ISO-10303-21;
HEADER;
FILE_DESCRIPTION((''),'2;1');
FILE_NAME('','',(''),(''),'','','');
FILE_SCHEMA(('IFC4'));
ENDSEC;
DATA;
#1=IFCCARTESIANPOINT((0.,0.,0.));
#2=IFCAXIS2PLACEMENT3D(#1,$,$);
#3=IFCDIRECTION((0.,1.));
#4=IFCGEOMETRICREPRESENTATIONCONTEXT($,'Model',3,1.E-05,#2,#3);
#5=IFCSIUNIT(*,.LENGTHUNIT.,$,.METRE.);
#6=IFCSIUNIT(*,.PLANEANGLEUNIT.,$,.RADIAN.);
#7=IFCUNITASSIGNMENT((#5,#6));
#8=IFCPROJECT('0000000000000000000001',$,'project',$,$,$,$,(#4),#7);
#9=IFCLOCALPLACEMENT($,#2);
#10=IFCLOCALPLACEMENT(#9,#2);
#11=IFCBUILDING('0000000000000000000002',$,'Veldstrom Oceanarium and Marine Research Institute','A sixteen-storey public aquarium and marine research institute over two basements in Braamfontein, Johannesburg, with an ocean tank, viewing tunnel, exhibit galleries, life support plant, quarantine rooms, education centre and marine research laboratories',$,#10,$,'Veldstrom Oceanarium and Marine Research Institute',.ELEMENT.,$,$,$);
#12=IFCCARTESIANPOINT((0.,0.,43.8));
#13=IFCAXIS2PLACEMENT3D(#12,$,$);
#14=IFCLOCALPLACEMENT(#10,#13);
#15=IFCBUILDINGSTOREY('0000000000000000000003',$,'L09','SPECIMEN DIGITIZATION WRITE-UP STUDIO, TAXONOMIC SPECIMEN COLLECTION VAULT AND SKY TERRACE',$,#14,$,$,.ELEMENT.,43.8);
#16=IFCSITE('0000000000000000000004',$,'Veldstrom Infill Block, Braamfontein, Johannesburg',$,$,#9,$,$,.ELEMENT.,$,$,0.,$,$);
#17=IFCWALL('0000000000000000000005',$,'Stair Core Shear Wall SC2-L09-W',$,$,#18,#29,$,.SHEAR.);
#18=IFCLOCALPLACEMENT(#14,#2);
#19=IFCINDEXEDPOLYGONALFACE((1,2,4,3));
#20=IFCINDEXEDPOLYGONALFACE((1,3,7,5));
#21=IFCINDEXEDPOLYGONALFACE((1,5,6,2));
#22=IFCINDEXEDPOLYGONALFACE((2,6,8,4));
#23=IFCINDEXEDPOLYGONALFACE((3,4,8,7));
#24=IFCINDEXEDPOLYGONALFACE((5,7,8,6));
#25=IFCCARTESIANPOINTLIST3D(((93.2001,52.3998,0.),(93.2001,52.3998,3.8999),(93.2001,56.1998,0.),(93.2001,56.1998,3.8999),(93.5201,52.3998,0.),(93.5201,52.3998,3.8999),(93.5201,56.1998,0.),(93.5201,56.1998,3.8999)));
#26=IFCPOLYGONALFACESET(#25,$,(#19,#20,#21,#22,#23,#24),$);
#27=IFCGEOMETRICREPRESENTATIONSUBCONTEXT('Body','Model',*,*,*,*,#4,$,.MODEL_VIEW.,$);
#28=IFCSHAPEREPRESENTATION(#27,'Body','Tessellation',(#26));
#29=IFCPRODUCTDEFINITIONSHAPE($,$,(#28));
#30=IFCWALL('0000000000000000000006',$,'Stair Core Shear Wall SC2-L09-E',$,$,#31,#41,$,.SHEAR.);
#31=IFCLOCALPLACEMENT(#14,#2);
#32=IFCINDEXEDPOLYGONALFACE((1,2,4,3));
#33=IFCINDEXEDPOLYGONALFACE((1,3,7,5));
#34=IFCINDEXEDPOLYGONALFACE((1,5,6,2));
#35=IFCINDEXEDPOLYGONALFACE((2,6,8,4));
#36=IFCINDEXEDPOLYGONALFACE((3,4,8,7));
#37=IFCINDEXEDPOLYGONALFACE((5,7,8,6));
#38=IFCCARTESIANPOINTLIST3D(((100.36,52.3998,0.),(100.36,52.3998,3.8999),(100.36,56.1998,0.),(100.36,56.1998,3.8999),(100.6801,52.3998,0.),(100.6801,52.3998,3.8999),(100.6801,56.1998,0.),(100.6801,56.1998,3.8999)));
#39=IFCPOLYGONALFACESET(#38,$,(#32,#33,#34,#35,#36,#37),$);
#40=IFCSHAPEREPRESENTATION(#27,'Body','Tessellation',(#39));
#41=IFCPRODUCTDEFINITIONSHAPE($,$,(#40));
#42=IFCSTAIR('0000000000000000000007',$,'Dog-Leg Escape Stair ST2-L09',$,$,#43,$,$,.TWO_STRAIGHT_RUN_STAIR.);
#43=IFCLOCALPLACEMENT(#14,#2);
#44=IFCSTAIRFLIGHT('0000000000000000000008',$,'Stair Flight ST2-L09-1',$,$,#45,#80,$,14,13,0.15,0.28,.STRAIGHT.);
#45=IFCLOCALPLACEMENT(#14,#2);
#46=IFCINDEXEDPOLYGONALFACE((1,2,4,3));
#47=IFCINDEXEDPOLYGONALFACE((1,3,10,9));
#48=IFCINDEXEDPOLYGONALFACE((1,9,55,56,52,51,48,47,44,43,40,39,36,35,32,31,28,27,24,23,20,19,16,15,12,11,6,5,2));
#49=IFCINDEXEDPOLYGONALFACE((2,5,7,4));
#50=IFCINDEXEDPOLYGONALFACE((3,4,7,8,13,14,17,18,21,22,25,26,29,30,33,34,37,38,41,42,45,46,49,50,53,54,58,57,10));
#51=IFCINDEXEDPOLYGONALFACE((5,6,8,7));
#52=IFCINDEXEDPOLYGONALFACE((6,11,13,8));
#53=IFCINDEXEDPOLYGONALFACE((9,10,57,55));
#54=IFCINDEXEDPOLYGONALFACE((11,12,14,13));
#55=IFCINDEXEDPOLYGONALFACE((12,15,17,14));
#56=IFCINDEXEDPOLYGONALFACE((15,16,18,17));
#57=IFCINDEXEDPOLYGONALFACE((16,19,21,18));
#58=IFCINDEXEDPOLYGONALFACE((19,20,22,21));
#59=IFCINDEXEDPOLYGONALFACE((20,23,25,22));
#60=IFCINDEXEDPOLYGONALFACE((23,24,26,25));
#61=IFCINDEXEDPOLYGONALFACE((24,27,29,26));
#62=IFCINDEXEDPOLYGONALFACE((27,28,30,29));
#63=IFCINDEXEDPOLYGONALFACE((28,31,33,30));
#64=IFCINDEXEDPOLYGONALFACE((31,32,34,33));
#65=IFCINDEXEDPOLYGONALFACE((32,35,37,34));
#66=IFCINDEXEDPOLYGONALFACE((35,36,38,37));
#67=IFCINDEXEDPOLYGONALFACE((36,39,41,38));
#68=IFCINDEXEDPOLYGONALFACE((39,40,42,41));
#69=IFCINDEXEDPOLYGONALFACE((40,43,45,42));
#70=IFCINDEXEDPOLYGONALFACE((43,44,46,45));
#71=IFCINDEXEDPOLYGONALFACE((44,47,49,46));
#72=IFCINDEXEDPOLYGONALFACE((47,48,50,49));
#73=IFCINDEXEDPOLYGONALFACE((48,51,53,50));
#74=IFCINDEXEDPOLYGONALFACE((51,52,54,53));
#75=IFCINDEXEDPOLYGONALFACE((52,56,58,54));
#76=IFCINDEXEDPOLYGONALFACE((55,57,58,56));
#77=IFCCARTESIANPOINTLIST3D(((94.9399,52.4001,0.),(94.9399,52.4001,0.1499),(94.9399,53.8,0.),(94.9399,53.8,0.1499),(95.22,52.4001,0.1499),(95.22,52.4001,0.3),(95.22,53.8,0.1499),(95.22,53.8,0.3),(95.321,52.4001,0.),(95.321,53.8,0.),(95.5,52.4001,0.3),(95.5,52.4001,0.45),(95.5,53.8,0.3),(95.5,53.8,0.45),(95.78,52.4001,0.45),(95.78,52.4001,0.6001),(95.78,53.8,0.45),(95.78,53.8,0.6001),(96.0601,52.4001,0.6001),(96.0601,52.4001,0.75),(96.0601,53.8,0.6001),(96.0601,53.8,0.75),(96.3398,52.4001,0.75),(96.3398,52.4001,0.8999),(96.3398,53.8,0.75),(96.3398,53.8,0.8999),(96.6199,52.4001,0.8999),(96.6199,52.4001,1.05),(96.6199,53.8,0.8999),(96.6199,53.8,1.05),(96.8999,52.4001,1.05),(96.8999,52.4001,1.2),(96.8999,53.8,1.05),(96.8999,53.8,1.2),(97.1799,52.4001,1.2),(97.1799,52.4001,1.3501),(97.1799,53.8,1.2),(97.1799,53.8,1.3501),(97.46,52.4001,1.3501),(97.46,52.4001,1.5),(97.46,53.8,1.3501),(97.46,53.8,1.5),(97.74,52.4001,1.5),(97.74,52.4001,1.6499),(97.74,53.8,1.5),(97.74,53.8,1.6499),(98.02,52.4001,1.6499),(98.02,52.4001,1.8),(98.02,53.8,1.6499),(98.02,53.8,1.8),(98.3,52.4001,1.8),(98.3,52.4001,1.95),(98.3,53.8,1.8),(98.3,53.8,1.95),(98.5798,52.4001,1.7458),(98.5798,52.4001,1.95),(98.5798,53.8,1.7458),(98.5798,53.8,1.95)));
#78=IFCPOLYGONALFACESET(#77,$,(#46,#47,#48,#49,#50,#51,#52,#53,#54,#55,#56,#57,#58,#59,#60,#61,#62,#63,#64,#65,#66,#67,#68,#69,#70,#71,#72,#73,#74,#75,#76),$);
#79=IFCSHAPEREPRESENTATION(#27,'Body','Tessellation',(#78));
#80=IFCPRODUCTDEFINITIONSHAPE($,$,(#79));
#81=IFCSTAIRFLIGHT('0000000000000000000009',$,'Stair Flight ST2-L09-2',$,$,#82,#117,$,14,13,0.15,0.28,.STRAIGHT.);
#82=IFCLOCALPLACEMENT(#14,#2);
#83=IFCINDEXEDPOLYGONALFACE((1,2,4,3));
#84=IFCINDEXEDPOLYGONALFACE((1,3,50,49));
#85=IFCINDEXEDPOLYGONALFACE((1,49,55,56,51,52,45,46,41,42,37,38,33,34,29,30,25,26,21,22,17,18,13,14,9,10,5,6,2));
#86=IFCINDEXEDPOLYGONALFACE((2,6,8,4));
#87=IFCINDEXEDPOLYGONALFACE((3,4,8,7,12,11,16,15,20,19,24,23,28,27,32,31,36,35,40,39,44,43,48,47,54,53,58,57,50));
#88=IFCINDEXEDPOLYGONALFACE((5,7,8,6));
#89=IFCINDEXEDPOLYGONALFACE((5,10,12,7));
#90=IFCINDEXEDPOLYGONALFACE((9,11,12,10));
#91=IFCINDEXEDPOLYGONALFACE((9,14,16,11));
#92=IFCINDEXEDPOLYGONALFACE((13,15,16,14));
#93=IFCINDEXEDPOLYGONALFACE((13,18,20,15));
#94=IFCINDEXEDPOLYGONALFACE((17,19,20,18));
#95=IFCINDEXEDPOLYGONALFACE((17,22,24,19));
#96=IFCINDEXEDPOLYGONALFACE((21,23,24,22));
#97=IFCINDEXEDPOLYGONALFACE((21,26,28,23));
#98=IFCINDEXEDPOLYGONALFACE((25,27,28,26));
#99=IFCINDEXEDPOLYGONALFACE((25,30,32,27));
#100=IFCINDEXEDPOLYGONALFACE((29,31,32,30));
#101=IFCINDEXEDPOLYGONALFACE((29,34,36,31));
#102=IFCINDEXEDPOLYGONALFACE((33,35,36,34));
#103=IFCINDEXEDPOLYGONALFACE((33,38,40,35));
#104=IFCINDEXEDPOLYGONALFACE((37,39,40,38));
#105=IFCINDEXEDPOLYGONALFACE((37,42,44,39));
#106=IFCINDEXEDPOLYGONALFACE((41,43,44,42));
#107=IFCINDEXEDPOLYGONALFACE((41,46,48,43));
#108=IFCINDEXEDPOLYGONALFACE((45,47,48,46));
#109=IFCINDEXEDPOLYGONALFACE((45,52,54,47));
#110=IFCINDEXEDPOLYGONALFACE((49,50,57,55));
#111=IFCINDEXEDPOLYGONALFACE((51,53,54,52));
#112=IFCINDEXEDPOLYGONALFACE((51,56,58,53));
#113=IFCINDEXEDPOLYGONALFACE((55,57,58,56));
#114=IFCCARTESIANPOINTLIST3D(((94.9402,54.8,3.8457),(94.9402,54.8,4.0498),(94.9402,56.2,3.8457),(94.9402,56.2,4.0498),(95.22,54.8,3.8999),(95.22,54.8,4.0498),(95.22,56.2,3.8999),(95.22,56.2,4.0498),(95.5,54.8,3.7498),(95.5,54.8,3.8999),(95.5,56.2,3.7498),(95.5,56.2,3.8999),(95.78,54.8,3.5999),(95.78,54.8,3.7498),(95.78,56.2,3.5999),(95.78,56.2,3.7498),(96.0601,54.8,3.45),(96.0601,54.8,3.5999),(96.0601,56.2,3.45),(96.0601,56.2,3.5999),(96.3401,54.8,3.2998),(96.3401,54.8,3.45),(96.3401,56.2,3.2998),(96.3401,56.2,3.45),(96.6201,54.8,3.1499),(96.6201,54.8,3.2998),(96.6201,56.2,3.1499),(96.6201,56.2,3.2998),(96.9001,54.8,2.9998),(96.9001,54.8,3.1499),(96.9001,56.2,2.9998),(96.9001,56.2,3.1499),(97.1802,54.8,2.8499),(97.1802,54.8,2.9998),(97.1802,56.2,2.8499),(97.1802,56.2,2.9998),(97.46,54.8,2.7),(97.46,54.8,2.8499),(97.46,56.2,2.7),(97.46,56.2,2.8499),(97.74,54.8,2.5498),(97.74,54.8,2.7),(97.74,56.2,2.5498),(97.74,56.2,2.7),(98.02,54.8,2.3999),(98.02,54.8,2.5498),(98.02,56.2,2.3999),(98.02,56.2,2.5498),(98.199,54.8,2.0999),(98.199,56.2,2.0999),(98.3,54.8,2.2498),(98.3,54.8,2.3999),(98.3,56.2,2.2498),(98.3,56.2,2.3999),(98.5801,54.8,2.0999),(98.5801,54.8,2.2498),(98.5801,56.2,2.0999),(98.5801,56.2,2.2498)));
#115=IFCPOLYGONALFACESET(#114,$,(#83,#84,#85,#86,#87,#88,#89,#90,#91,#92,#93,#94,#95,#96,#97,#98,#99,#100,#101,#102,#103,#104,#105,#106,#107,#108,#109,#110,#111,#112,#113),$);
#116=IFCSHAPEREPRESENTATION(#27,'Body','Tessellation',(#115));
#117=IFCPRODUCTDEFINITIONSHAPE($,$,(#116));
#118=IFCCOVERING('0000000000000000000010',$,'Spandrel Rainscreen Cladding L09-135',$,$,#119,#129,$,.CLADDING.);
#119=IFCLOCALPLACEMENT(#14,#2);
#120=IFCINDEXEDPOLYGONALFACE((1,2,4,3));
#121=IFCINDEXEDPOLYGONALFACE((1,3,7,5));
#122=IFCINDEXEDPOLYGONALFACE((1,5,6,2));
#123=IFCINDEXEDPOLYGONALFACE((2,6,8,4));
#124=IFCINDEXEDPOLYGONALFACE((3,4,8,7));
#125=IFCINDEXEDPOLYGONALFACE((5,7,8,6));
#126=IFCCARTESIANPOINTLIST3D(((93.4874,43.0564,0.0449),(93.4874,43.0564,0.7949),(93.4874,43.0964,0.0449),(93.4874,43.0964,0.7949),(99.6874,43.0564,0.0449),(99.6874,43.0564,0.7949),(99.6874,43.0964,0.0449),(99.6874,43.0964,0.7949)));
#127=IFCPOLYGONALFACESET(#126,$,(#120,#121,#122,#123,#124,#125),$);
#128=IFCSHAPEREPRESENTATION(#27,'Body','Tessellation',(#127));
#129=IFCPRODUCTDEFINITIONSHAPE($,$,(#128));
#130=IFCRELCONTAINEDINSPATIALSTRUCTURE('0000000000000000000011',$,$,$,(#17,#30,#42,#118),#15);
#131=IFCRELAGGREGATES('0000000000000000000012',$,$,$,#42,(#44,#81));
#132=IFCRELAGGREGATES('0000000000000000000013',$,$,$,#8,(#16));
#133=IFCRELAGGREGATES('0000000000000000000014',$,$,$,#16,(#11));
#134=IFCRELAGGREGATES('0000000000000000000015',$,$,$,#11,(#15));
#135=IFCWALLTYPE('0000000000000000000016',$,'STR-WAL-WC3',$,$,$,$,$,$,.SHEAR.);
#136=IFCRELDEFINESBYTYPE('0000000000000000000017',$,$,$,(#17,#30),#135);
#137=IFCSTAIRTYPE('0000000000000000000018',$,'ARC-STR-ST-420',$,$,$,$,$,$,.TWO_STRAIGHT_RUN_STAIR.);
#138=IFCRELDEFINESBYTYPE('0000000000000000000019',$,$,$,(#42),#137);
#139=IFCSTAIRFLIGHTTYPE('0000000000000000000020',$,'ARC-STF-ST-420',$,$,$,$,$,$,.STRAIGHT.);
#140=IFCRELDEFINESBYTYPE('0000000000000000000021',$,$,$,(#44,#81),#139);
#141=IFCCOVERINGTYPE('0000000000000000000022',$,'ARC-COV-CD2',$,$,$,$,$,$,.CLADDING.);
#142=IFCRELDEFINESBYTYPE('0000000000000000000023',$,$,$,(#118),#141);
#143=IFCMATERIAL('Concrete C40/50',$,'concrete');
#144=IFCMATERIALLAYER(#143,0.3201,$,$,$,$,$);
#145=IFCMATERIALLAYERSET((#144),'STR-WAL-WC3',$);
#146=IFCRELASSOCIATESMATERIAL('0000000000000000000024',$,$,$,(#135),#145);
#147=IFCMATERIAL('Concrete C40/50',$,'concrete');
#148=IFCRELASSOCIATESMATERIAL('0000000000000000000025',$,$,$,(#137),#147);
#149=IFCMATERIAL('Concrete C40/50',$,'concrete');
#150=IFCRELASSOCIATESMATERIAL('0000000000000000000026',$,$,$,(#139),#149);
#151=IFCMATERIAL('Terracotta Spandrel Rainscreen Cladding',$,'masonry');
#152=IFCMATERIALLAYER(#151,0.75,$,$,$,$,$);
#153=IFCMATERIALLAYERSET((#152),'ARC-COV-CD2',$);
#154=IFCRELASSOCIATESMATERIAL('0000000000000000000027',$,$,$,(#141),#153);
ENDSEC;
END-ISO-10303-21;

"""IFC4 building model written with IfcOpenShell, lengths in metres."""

from ifc_helpers import new_model, si_unit, direction, frame, frame_2d, origin, origin_2d, place, context, subcontext, project, spatial, polyline, rectangle, outline, extrude, material, layer, layer_set, type_object, element, aggregate, save


model = new_model("IFC4")

# Units and contexts
model_context = context("Model", 3, precision=1e-05, world=origin(), true_north=direction((0.0, 1.0)))
body_context = subcontext(model_context, "Body", "Model", "MODEL_VIEW")
ifc_project = project(units=[si_unit("LENGTHUNIT", "METRE"), si_unit("PLANEANGLEUNIT", "RADIAN")], contexts=[model_context])

# Site, building, storey
site_placement = place(None, origin())
site = spatial("IfcSite", under=ifc_project, at=site_placement, Name="Veldstrom Infill Block, Braamfontein, Johannesburg", CompositionType="ELEMENT", RefElevation=0.0)
building_placement = place(site_placement, origin())
building = spatial("IfcBuilding", under=site, at=building_placement, Name="Veldstrom Oceanarium and Marine Research Institute", Description="A sixteen-storey public aquarium and marine research institute over two basements in Braamfontein, Johannesburg, with an ocean tank, viewing tunnel, exhibit galleries, life support plant, quarantine rooms, education centre and marine research laboratories", LongName="Veldstrom Oceanarium and Marine Research Institute", CompositionType="ELEMENT")
storey_placement = place(building_placement, frame((0.0, 0.0, 43.8)))
storey = spatial("IfcBuildingStorey", under=building, at=storey_placement, Name="L09", Description="SPECIMEN DIGITIZATION WRITE-UP STUDIO, TAXONOMIC SPECIMEN COLLECTION VAULT AND SKY TERRACE", CompositionType="ELEMENT", Elevation=43.8)

# Shared definitions
ifc_material_1 = material(Name="Concrete C40/50", Category="concrete")
ifc_layer_1 = layer(ifc_material_1, 0.3201)
ifc_layer_set_1 = layer_set([ifc_layer_1], Name="STR-WAL-WC3")
wall_type_1 = type_object("IfcWallType", Name="STR-WAL-WC3", PredefinedType="SHEAR", material=ifc_layer_set_1)

# Walls
for number, where, z_axis, x_axis, name in (
    (1, (93.3601, 52.3999, 0.0), (0.0, 0.0, 1.0), (0.0, 1.0, 0.0), "Stair Core Shear Wall SC2-L09-W"),
    (2, (100.52, 52.3999, 0.0), (0.0, 0.0, 1.0), (0.0, 1.0, 0.0), "Stair Core Shear Wall SC2-L09-E"),
):
    element("IfcWall", number, at=place(storey_placement, frame(where, z_axis=z_axis, x_axis=x_axis)), inside=storey, type_object=wall_type_1, Name=name, PredefinedType="SHEAR", context=body_context, shape_type="SweptSolid", body=[
        extrude(rectangle(XDim=3.8, YDim=0.3201, at=frame_2d((1.8999, 0.0))), origin(), (0.0, 0.0, 1.0), 3.8999),
    ])

# Stair, stair flights
ifc_material_2 = material(Name="Concrete C40/50", Category="concrete")
stair_type = type_object("IfcStairType", Name="ARC-STR-ST-420", PredefinedType="TWO_STRAIGHT_RUN_STAIR", material=ifc_material_2)
stair_placement = place(storey_placement, origin())
stair = element("IfcStair", 3, at=stair_placement, inside=storey, type_object=stair_type, Name="Dog-Leg Escape Stair ST2-L09", PredefinedType="TWO_STRAIGHT_RUN_STAIR")
ifc_material_3 = material(Name="Concrete C40/50", Category="concrete")
stair_flight_type = type_object("IfcStairFlightType", Name="ARC-STF-ST-420", PredefinedType="STRAIGHT", material=ifc_material_3)
stair_flight_1_placement = place(storey_placement, frame((94.9399, 53.1001, 0.0), z_axis=(0.0, 0.0, 1.0), x_axis=(1.0, 0.0, 0.0)))
stair_flight_1 = element("IfcStairFlight", 4, at=stair_flight_1_placement, type_object=stair_flight_type, Name="Stair Flight ST2-L09-1", NumberOfRisers=14, NumberOfTreads=13, PredefinedType="STRAIGHT", RiserHeight=0.15, TreadLength=0.28, context=body_context, shape_type="SweptSolid", body=[
    extrude(outline(polyline([(0.0, 0.0), (0.0, 0.1499), (0.28, 0.1499), (0.28, 0.3), (0.5601, 0.3), (0.5601, 0.45), (0.8401, 0.45), (0.8401, 0.6001), (1.1201, 0.6001), (1.1201, 0.75), (1.3999, 0.75), (1.3999, 0.8999), (1.6799, 0.8999), (1.6799, 1.05), (1.96, 1.05), (1.96, 1.2), (2.24, 1.2), (2.24, 1.3501), (2.52, 1.3501), (2.52, 1.5), (2.8, 1.5), (2.8, 1.6499), (3.0801, 1.6499), (3.0801, 1.8), (3.3601, 1.8), (3.3601, 1.95), (3.6399, 1.95), (3.6399, 2.1001), (3.6399, 1.7458), (0.3811, 0.0), (0.0, 0.0)])), frame((0.0, 0.7, 0.0), z_axis=(0.0, -1.0, 0.0), x_axis=(1.0, 0.0, 0.0)), (0.0, 0.0, 1.0), 1.3999),
])
stair_flight_2_placement = place(storey_placement, frame((98.5801, 55.5, 2.0999), z_axis=(0.0, 0.0, 1.0), x_axis=(-1.0, 0.0, 0.0)))
stair_flight_2 = element("IfcStairFlight", 5, at=stair_flight_2_placement, type_object=stair_flight_type, Name="Stair Flight ST2-L09-2", NumberOfRisers=14, NumberOfTreads=13, PredefinedType="STRAIGHT", RiserHeight=0.15, TreadLength=0.28, context=body_context, shape_type="SweptSolid", body=[
    extrude(outline(polyline([(0.0, 0.0), (0.0, 0.1499), (0.28, 0.1499), (0.28, 0.3), (0.5601, 0.3), (0.5601, 0.45), (0.8401, 0.45), (0.8401, 0.6001), (1.1201, 0.6001), (1.1201, 0.75), (1.3999, 0.75), (1.3999, 0.8999), (1.6799, 0.8999), (1.6799, 1.05), (1.96, 1.05), (1.96, 1.2), (2.24, 1.2), (2.24, 1.3501), (2.52, 1.3501), (2.52, 1.5), (2.8, 1.5), (2.8, 1.6499), (3.0801, 1.6499), (3.0801, 1.8), (3.3601, 1.8), (3.3601, 1.95), (3.6399, 1.95), (3.6399, 2.1001), (3.6399, 1.7458), (0.3811, 0.0), (0.0, 0.0)])), frame((0.0, 0.7, 0.0), z_axis=(0.0, -1.0, 0.0), x_axis=(1.0, 0.0, 0.0)), (0.0, 0.0, 1.0), 1.3999),
])
aggregate(stair, [stair_flight_1, stair_flight_2])

# Covering
ifc_material_4 = material(Name="Terracotta Spandrel Rainscreen Cladding", Category="masonry")
ifc_layer_2 = layer(ifc_material_4, 0.75)
ifc_layer_set_2 = layer_set([ifc_layer_2], Name="ARC-COV-CD2")
covering_type = type_object("IfcCoveringType", Name="ARC-COV-CD2", PredefinedType="CLADDING", material=ifc_layer_set_2)
covering_placement = place(storey_placement, frame((96.5874, 43.0764, 0.0449), z_axis=(0.0, 0.0, 1.0), x_axis=(1.0, 0.0, 0.0)))
element("IfcCovering", 6, at=covering_placement, inside=storey, type_object=covering_type, Name="Spandrel Rainscreen Cladding L09-135", PredefinedType="CLADDING", context=body_context, shape_type="SweptSolid", body=[
    extrude(rectangle(XDim=6.2, YDim=0.04, at=origin_2d()), origin(), (0.0, 0.0, 1.0), 0.75),
])

save(model, "model.ifc")
